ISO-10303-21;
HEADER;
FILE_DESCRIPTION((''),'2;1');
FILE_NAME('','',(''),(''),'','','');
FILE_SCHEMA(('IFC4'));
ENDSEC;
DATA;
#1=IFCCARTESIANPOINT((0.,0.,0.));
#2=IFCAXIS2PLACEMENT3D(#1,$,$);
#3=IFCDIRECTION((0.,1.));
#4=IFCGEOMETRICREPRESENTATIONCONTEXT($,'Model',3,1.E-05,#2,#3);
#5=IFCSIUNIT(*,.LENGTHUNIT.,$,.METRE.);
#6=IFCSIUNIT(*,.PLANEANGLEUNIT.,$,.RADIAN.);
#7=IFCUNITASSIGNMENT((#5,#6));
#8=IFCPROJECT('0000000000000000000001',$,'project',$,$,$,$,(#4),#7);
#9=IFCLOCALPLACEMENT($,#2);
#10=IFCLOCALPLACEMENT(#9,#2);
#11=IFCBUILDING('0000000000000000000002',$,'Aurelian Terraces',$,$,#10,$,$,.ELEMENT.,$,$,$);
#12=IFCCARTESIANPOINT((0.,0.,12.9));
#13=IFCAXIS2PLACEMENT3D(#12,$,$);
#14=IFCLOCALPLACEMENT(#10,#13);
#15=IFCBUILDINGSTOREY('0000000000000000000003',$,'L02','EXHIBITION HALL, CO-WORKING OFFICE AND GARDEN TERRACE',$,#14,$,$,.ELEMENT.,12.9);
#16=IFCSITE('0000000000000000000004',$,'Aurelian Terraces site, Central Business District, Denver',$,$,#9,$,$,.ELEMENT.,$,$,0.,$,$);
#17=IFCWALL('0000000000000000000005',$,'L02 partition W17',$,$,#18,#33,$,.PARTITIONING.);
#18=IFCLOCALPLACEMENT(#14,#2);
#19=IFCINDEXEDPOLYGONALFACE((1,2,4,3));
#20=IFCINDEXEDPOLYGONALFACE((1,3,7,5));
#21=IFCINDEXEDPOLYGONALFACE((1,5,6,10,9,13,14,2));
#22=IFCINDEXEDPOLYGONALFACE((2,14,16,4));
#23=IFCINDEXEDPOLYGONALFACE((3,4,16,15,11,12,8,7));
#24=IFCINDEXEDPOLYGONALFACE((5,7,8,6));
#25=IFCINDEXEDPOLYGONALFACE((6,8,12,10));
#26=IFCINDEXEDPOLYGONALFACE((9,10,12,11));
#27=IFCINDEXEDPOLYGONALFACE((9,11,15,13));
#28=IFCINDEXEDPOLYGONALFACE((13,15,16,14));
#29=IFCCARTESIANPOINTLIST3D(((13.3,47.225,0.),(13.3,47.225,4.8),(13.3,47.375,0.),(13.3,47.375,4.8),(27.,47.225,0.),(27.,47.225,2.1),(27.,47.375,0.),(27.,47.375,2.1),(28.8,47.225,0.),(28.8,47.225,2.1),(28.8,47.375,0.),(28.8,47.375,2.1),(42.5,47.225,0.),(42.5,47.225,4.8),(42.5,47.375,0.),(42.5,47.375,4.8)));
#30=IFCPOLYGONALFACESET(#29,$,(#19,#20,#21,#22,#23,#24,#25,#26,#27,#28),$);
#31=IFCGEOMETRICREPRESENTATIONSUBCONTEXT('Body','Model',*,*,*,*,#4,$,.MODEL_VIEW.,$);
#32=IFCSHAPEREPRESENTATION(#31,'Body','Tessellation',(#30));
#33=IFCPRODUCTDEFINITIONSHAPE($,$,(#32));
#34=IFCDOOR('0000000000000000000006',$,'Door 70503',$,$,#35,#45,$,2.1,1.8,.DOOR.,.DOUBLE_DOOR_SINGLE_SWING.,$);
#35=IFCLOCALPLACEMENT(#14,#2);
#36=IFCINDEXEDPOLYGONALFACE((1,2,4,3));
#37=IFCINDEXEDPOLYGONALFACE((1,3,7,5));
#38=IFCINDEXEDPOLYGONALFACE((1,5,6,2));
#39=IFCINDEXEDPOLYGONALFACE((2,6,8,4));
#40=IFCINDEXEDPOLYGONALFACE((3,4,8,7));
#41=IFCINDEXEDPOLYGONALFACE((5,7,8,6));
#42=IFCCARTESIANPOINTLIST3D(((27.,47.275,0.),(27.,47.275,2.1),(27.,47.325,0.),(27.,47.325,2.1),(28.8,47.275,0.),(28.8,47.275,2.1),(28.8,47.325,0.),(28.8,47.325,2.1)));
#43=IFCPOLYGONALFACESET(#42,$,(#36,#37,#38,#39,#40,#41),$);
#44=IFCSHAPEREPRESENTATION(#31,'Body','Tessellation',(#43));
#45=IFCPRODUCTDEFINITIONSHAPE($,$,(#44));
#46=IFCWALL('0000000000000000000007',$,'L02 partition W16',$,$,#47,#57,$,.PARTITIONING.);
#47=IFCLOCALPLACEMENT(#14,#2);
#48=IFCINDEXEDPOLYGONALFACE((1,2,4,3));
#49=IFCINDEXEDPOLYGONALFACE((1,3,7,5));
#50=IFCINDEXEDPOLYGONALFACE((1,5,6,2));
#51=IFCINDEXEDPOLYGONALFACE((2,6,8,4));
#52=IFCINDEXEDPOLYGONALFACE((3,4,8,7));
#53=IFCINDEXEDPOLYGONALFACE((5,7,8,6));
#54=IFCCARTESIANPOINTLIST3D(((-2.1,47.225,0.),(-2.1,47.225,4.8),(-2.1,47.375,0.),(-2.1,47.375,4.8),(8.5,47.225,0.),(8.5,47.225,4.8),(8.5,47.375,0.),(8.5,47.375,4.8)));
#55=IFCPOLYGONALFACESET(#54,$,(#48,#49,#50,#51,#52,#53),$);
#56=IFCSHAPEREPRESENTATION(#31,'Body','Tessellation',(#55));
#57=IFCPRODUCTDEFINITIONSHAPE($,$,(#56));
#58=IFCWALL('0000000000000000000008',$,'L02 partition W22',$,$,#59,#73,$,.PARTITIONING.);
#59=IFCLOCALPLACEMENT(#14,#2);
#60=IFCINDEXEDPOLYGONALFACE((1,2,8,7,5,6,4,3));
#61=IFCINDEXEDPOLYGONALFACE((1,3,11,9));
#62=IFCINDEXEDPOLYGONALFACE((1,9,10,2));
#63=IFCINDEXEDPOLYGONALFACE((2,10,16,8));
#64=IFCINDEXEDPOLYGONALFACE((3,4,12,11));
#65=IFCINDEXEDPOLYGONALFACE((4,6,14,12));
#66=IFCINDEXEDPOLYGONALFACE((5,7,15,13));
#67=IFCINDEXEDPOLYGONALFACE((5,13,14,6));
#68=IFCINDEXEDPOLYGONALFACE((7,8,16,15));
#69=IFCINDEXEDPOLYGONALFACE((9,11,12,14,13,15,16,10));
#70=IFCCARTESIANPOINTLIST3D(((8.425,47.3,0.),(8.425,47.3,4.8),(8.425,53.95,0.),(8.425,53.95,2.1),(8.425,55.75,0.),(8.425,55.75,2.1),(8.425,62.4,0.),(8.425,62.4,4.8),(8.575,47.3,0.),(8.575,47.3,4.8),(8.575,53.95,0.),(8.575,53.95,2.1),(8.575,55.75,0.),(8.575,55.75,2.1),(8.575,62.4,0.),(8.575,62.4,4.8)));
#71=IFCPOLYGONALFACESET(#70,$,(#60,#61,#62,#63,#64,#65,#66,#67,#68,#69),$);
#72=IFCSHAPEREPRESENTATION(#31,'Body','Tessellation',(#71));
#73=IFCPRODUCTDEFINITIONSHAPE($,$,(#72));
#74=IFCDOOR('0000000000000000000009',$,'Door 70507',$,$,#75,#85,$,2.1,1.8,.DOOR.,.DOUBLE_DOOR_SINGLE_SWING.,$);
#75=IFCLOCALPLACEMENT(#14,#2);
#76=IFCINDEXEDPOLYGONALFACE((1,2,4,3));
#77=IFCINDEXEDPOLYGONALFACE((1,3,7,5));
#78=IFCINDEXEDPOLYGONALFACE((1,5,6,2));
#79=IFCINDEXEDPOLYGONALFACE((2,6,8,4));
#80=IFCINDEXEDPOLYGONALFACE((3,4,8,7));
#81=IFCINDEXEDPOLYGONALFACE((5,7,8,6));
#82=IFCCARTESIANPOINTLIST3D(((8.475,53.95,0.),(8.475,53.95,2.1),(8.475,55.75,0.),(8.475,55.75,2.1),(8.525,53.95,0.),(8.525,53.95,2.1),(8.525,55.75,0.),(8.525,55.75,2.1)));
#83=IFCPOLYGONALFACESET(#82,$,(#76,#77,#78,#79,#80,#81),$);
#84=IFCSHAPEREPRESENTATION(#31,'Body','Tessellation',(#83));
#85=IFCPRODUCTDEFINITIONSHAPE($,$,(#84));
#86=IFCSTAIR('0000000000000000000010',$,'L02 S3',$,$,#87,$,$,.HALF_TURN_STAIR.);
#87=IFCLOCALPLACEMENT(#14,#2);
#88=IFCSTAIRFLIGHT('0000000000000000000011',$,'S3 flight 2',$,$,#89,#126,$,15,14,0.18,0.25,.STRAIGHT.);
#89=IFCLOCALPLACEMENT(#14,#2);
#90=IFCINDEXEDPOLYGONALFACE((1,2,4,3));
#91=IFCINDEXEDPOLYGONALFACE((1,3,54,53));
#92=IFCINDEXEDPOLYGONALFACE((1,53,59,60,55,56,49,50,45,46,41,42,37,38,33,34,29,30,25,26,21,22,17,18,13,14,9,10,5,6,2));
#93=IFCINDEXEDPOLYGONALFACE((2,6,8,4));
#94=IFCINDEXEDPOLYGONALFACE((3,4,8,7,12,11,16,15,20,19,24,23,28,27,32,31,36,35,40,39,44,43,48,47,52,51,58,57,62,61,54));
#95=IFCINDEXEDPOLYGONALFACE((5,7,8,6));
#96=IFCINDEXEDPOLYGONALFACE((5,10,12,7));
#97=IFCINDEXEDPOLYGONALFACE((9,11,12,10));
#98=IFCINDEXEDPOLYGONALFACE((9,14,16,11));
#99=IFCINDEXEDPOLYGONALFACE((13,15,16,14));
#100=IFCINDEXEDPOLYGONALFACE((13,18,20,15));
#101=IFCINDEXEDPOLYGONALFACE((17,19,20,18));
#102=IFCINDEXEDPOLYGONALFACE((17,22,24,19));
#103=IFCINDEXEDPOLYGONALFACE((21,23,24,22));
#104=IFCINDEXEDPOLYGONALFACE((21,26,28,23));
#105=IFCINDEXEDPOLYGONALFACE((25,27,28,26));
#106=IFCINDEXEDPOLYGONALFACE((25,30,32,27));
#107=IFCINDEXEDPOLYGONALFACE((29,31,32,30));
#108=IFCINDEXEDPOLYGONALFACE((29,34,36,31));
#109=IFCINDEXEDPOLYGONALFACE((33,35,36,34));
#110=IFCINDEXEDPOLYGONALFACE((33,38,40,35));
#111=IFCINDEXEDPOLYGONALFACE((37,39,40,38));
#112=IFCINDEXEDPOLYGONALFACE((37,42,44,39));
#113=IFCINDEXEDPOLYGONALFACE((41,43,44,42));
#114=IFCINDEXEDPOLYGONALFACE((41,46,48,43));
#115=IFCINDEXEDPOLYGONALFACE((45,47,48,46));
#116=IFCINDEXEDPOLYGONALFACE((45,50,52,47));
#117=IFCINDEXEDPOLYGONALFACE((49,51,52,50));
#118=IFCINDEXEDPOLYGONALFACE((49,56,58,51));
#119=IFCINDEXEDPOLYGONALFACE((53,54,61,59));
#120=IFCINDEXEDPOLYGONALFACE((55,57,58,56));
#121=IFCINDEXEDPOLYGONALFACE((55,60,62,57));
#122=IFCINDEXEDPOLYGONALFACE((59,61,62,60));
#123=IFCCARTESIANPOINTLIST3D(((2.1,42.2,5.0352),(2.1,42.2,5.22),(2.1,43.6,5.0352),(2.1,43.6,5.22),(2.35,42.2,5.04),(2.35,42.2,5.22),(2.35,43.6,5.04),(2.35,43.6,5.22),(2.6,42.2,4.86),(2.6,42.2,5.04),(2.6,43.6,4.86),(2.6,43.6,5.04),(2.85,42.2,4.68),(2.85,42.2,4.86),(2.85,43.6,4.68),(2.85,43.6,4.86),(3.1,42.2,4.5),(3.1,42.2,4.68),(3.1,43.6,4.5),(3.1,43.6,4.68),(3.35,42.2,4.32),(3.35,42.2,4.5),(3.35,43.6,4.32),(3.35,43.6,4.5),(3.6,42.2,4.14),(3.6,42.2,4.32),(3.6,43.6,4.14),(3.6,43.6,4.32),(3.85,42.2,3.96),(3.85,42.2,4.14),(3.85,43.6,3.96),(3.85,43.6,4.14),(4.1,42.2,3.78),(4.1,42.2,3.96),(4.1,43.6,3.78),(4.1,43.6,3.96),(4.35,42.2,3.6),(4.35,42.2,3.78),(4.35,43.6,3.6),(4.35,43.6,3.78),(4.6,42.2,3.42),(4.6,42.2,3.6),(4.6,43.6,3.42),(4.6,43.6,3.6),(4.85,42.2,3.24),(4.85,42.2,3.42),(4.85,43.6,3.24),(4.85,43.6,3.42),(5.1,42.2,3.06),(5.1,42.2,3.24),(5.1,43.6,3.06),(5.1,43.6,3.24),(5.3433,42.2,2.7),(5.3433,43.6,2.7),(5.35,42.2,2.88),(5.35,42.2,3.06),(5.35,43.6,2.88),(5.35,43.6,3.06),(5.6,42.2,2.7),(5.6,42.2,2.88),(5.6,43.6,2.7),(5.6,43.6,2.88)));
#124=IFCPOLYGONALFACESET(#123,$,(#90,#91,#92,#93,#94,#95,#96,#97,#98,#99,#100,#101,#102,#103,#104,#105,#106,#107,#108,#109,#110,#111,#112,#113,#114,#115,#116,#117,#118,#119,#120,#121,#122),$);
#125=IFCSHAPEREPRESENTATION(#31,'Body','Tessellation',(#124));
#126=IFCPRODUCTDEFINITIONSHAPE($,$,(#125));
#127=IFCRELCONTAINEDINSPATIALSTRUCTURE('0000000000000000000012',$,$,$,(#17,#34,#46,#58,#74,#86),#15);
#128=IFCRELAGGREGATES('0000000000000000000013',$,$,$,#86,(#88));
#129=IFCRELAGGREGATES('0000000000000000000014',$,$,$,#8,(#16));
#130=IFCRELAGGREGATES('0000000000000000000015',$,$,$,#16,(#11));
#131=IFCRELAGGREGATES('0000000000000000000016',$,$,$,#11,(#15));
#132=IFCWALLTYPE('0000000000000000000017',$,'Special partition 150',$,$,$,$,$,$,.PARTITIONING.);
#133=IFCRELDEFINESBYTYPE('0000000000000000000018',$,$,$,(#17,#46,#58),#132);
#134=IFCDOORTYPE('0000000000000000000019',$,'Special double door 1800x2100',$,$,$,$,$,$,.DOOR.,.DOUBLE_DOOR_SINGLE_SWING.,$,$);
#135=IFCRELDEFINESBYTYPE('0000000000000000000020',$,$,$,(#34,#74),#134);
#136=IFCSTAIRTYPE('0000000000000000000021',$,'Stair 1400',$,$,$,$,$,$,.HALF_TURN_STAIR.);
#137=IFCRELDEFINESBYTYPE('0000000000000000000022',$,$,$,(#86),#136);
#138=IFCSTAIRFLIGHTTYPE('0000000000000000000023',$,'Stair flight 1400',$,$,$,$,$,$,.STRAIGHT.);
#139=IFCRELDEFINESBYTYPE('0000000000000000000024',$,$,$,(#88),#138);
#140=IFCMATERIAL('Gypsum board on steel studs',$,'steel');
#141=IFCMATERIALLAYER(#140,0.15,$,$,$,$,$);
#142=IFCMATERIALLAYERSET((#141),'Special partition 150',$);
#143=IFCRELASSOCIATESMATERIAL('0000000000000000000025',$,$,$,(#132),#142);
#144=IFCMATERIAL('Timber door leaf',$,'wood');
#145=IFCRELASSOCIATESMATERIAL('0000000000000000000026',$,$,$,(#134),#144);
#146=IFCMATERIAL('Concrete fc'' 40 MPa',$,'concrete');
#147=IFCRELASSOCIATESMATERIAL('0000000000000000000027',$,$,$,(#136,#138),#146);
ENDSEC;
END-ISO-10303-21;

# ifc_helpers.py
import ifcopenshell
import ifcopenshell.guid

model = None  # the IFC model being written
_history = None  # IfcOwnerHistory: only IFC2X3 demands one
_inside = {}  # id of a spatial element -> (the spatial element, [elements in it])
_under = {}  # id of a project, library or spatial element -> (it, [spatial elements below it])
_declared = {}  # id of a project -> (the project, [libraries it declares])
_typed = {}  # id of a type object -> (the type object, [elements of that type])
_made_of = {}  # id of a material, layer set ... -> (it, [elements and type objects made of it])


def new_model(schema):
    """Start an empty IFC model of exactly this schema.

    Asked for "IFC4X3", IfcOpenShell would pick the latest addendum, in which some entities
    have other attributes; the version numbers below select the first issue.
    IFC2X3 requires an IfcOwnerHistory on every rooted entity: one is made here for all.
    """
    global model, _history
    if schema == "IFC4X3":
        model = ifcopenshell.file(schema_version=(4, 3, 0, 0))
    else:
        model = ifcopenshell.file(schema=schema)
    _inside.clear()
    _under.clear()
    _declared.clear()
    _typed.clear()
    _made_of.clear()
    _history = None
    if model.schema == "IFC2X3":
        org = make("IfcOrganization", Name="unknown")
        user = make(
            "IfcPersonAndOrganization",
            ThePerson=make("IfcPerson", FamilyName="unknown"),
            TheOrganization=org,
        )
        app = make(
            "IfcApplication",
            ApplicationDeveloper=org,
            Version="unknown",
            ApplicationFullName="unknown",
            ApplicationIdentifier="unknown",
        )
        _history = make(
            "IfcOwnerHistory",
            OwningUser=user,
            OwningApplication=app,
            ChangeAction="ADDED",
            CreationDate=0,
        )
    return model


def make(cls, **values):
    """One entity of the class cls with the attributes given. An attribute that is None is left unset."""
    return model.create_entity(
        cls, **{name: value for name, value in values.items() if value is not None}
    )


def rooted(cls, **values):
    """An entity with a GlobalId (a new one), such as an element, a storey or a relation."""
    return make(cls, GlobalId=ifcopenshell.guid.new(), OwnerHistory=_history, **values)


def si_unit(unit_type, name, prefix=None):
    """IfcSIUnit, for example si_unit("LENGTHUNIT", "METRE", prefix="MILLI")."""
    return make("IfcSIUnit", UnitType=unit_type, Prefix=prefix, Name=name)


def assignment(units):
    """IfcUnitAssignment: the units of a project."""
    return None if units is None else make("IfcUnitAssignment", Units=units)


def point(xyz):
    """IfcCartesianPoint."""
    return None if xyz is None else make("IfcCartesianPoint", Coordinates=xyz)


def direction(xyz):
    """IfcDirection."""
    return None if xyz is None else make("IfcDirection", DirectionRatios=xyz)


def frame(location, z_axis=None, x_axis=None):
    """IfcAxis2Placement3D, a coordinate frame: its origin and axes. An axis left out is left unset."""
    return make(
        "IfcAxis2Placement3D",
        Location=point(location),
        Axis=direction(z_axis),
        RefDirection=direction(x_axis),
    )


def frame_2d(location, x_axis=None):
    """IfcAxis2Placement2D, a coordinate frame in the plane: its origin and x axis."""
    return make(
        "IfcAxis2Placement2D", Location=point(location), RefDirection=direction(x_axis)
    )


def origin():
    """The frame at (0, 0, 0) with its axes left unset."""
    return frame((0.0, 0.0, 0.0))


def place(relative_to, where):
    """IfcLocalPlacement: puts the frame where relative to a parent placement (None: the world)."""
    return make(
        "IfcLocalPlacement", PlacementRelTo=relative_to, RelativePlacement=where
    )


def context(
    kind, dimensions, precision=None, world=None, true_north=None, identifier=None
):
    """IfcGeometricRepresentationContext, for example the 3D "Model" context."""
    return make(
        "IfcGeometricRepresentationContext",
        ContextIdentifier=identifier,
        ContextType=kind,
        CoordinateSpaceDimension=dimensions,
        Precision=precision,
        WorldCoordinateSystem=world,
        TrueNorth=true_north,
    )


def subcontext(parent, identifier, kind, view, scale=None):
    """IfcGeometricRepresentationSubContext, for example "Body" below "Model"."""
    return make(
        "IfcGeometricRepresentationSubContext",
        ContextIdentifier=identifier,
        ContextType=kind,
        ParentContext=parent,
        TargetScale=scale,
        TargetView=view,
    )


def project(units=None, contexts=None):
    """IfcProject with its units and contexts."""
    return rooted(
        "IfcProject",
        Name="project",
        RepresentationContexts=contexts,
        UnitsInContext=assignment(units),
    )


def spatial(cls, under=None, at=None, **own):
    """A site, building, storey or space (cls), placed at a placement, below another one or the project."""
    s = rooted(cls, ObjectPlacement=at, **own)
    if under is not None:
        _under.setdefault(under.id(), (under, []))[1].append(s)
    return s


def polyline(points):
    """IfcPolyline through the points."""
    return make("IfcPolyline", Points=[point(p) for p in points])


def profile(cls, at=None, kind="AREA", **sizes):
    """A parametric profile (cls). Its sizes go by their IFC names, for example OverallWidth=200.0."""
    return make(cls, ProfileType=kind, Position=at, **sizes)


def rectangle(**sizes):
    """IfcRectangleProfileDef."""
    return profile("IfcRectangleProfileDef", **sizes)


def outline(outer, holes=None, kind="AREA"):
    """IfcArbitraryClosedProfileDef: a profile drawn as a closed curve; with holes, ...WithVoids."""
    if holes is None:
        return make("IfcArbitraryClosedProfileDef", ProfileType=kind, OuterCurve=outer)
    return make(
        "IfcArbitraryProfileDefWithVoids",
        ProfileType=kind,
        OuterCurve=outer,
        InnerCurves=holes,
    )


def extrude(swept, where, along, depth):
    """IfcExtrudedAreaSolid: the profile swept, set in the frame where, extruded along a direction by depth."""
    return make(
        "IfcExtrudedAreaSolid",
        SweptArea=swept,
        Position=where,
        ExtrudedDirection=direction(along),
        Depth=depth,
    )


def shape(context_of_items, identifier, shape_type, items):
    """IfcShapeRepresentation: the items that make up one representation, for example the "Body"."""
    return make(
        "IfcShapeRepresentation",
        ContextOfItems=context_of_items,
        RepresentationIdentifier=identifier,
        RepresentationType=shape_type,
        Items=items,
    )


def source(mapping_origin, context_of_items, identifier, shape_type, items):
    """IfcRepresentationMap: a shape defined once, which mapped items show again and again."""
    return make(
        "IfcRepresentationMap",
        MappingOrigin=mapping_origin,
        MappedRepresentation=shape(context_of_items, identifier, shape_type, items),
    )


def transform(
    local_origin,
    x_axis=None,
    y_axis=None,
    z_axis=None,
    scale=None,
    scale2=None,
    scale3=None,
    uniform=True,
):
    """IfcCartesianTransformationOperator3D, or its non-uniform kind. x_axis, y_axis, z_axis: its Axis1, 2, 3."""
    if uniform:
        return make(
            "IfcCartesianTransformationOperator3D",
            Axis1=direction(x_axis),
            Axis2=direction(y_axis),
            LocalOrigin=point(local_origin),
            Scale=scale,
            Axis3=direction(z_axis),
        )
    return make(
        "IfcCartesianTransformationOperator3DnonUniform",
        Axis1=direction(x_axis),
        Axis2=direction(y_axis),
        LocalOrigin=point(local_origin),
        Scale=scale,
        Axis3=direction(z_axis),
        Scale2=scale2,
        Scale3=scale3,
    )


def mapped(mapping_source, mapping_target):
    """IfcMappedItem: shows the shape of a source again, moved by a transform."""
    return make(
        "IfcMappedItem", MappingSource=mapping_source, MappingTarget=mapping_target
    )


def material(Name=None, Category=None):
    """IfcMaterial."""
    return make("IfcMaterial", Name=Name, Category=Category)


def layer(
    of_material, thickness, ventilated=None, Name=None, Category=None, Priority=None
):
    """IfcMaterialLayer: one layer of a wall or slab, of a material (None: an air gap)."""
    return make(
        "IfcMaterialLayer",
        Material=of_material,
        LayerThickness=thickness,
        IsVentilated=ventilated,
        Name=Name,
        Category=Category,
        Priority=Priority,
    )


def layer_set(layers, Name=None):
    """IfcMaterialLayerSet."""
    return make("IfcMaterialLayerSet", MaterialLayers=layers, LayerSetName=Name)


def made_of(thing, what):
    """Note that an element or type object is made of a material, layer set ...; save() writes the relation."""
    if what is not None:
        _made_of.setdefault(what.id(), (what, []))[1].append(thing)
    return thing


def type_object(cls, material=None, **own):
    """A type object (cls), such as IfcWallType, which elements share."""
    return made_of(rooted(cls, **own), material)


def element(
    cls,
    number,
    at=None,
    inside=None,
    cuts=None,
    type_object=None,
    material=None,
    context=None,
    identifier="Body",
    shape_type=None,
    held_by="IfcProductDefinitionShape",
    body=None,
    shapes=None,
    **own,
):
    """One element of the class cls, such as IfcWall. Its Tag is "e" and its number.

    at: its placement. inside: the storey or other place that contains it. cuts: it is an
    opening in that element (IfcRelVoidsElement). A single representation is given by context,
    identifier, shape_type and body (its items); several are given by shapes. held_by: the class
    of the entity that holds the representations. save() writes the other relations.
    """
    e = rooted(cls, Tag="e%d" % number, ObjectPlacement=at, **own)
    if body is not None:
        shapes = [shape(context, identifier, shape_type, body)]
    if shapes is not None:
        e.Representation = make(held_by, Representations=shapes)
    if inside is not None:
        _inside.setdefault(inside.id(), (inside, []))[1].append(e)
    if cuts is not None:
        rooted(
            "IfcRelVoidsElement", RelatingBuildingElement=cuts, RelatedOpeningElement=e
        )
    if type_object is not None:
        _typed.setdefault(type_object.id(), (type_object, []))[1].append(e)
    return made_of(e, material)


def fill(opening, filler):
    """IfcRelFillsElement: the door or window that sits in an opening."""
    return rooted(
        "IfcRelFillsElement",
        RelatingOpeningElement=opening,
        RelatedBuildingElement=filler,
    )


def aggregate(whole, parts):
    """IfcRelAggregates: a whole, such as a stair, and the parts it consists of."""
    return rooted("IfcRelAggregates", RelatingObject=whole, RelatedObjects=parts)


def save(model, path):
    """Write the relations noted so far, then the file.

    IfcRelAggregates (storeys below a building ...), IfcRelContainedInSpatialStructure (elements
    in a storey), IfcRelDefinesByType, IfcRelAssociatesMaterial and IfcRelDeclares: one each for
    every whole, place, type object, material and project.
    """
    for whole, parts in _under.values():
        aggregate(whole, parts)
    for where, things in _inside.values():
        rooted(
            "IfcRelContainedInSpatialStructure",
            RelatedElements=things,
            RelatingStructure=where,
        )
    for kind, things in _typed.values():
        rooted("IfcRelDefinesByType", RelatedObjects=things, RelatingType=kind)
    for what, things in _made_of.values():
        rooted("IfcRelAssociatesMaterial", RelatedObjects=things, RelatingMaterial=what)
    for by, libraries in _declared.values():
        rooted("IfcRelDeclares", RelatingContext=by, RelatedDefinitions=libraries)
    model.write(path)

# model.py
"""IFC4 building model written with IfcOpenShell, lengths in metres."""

from ifc_helpers import new_model, si_unit, direction, frame, frame_2d, origin, place, context, subcontext, project, spatial, polyline, rectangle, outline, extrude, source, transform, mapped, material, layer, layer_set, type_object, element, fill, aggregate, save


model = new_model("IFC4")

# Units and contexts
model_context = context("Model", 3, precision=1e-05, world=origin(), true_north=direction((0.0, 1.0)))
body_context = subcontext(model_context, "Body", "Model", "MODEL_VIEW")
ifc_project = project(units=[si_unit("LENGTHUNIT", "METRE"), si_unit("PLANEANGLEUNIT", "RADIAN")], contexts=[model_context])

# Site, building, storey
site_placement = place(None, origin())
site = spatial("IfcSite", under=ifc_project, at=site_placement, Name="Aurelian Terraces site, Central Business District, Denver", CompositionType="ELEMENT", RefElevation=0.0)
building_placement = place(site_placement, origin())
building = spatial("IfcBuilding", under=site, at=building_placement, Name="Aurelian Terraces", CompositionType="ELEMENT")
storey_placement = place(building_placement, frame((0.0, 0.0, 12.9)))
storey = spatial("IfcBuildingStorey", under=building, at=storey_placement, Name="L02", Description="EXHIBITION HALL, CO-WORKING OFFICE AND GARDEN TERRACE", CompositionType="ELEMENT", Elevation=12.9)

# Shared definitions
ifc_material_1 = material(Name="Gypsum board on steel studs", Category="steel")
ifc_layer_1 = layer(ifc_material_1, 0.15)
ifc_layer_set_1 = layer_set([ifc_layer_1], Name="Special partition 150")
wall_type_1 = type_object("IfcWallType", Name="Special partition 150", PredefinedType="PARTITIONING", material=ifc_layer_set_1)
ifc_material_2 = material(Name="Concrete fc' 40 MPa", Category="concrete")
shared_shape_1 = source(origin(), body_context, "Body", "SweptSolid", [
    extrude(rectangle(XDim=29.2, YDim=0.15, at=frame_2d((14.6, 0.0))), origin(), (0.0, 0.0, 1.0), 4.8),
])

# Wall, opening, door
wall_1_placement = place(storey_placement, frame((13.3, 47.3, 0.0), z_axis=(0.0, 0.0, 1.0), x_axis=(1.0, 0.0, 0.0)))
wall_1 = element("IfcWall", 1, at=wall_1_placement, inside=storey, type_object=wall_type_1, Name="L02 partition W17", PredefinedType="PARTITIONING", context=body_context, shape_type="MappedRepresentation", body=[
    mapped(shared_shape_1, transform((0.0, 0.0, 0.0), scale=1.0)),
])
shared_shape_2 = source(origin(), body_context, "Body", "SweptSolid", [
    extrude(rectangle(XDim=1.8, YDim=2.1, at=frame_2d((0.9, 1.05))), frame((0.0, 0.085, 0.0), z_axis=(0.0, -1.0, 0.0), x_axis=(1.0, 0.0, 0.0)), (0.0, 0.0, 1.0), 0.17),
])
opening_1_placement = place(wall_1_placement, frame((13.7, 0.0, 0.0)))
opening_1 = element("IfcOpeningElement", 2, at=opening_1_placement, cuts=wall_1, PredefinedType="OPENING", context=body_context, shape_type="MappedRepresentation", body=[
    mapped(shared_shape_2, transform((0.0, 0.0, 0.0), scale=1.0)),
])
ifc_material_3 = material(Name="Timber door leaf", Category="wood")
door_type = type_object("IfcDoorType", Name="Special double door 1800x2100", OperationType="DOUBLE_DOOR_SINGLE_SWING", PredefinedType="DOOR", material=ifc_material_3)
shared_shape_3 = source(origin(), body_context, "Body", "SweptSolid", [
    extrude(rectangle(XDim=1.8, YDim=2.1, at=frame_2d((0.9, 1.05))), frame((0.0, 0.025, 0.0), z_axis=(0.0, -1.0, 0.0), x_axis=(1.0, 0.0, 0.0)), (0.0, 0.0, 1.0), 0.05),
])
door_1_placement = place(opening_1_placement, origin())
door_1 = element("IfcDoor", 3, at=door_1_placement, inside=storey, type_object=door_type, Name="Door 70503", OperationType="DOUBLE_DOOR_SINGLE_SWING", OverallHeight=2.1, OverallWidth=1.8, PredefinedType="DOOR", context=body_context, shape_type="MappedRepresentation", body=[
    mapped(shared_shape_3, transform((0.0, 0.0, 0.0), scale=1.0)),
])
fill(opening_1, door_1)

# Wall
shared_shape_4 = source(origin(), body_context, "Body", "SweptSolid", [
    extrude(rectangle(XDim=10.6, YDim=0.15, at=frame_2d((5.3, 0.0))), origin(), (0.0, 0.0, 1.0), 4.8),
])
wall_2_placement = place(storey_placement, frame((-2.1, 47.3, 0.0), z_axis=(0.0, 0.0, 1.0), x_axis=(1.0, 0.0, 0.0)))
element("IfcWall", 4, at=wall_2_placement, inside=storey, type_object=wall_type_1, Name="L02 partition W16", PredefinedType="PARTITIONING", context=body_context, shape_type="MappedRepresentation", body=[
    mapped(shared_shape_4, transform((0.0, 0.0, 0.0), scale=1.0)),
])

# Wall, opening, door
shared_shape_5 = source(origin(), body_context, "Body", "SweptSolid", [
    extrude(rectangle(XDim=15.1, YDim=0.15, at=frame_2d((7.55, 0.0))), origin(), (0.0, 0.0, 1.0), 4.8),
])
wall_3_placement = place(storey_placement, frame((8.5, 47.3, 0.0), z_axis=(0.0, 0.0, 1.0), x_axis=(0.0, 1.0, 0.0)))
wall_3 = element("IfcWall", 5, at=wall_3_placement, inside=storey, type_object=wall_type_1, Name="L02 partition W22", PredefinedType="PARTITIONING", context=body_context, shape_type="MappedRepresentation", body=[
    mapped(shared_shape_5, transform((0.0, 0.0, 0.0), scale=1.0)),
])
opening_2_placement = place(wall_3_placement, frame((6.65, 0.0, 0.0)))
opening_2 = element("IfcOpeningElement", 6, at=opening_2_placement, cuts=wall_3, PredefinedType="OPENING", context=body_context, shape_type="MappedRepresentation", body=[
    mapped(shared_shape_2, transform((0.0, 0.0, 0.0), scale=1.0)),
])
door_2_placement = place(opening_2_placement, origin())
door_2 = element("IfcDoor", 7, at=door_2_placement, inside=storey, type_object=door_type, Name="Door 70507", OperationType="DOUBLE_DOOR_SINGLE_SWING", OverallHeight=2.1, OverallWidth=1.8, PredefinedType="DOOR", context=body_context, shape_type="MappedRepresentation", body=[
    mapped(shared_shape_3, transform((0.0, 0.0, 0.0), scale=1.0)),
])
fill(opening_2, door_2)

# Stair, stair flight
stair_type = type_object("IfcStairType", Name="Stair 1400", PredefinedType="HALF_TURN_STAIR", material=ifc_material_2)
stair_placement = place(storey_placement, origin())
stair = element("IfcStair", 8, at=stair_placement, inside=storey, type_object=stair_type, Name="L02 S3", PredefinedType="HALF_TURN_STAIR")
stair_flight_type = type_object("IfcStairFlightType", Name="Stair flight 1400", PredefinedType="STRAIGHT", material=ifc_material_2)
shared_shape_6 = source(origin(), body_context, "Body", "SweptSolid", [
    extrude(outline(polyline([(0.0, 0.0), (0.0, 0.18), (0.25, 0.18), (0.25, 0.36), (0.5, 0.36), (0.5, 0.54), (0.75, 0.54), (0.75, 0.72), (1.0, 0.72), (1.0, 0.9), (1.25, 0.9), (1.25, 1.08), (1.5, 1.08), (1.5, 1.26), (1.75, 1.26), (1.75, 1.44), (2.0, 1.44), (2.0, 1.62), (2.25, 1.62), (2.25, 1.8), (2.5, 1.8), (2.5, 1.98), (2.75, 1.98), (2.75, 2.16), (3.0, 2.16), (3.0, 2.34), (3.25, 2.34), (3.25, 2.52), (3.5, 2.52), (3.5, 2.7), (3.5, 2.3352), (0.2567, 0.0), (0.0, 0.0)])), frame((0.0, 0.7, 0.0), z_axis=(0.0, -1.0, 0.0), x_axis=(1.0, 0.0, 0.0)), (0.0, 0.0, 1.0), 1.4),
])
stair_flight_placement = place(storey_placement, frame((5.6, 42.9, 2.7), z_axis=(0.0, 0.0, 1.0), x_axis=(-1.0, 0.0, 0.0)))
stair_flight = element("IfcStairFlight", 9, at=stair_flight_placement, type_object=stair_flight_type, Name="S3 flight 2", NumberOfRisers=15, NumberOfTreads=14, PredefinedType="STRAIGHT", RiserHeight=0.18, TreadLength=0.25, context=body_context, shape_type="MappedRepresentation", body=[
    mapped(shared_shape_6, transform((0.0, 0.0, 0.0), scale=1.0)),
])
aggregate(stair, [stair_flight])

save(model, "model.ifc")
